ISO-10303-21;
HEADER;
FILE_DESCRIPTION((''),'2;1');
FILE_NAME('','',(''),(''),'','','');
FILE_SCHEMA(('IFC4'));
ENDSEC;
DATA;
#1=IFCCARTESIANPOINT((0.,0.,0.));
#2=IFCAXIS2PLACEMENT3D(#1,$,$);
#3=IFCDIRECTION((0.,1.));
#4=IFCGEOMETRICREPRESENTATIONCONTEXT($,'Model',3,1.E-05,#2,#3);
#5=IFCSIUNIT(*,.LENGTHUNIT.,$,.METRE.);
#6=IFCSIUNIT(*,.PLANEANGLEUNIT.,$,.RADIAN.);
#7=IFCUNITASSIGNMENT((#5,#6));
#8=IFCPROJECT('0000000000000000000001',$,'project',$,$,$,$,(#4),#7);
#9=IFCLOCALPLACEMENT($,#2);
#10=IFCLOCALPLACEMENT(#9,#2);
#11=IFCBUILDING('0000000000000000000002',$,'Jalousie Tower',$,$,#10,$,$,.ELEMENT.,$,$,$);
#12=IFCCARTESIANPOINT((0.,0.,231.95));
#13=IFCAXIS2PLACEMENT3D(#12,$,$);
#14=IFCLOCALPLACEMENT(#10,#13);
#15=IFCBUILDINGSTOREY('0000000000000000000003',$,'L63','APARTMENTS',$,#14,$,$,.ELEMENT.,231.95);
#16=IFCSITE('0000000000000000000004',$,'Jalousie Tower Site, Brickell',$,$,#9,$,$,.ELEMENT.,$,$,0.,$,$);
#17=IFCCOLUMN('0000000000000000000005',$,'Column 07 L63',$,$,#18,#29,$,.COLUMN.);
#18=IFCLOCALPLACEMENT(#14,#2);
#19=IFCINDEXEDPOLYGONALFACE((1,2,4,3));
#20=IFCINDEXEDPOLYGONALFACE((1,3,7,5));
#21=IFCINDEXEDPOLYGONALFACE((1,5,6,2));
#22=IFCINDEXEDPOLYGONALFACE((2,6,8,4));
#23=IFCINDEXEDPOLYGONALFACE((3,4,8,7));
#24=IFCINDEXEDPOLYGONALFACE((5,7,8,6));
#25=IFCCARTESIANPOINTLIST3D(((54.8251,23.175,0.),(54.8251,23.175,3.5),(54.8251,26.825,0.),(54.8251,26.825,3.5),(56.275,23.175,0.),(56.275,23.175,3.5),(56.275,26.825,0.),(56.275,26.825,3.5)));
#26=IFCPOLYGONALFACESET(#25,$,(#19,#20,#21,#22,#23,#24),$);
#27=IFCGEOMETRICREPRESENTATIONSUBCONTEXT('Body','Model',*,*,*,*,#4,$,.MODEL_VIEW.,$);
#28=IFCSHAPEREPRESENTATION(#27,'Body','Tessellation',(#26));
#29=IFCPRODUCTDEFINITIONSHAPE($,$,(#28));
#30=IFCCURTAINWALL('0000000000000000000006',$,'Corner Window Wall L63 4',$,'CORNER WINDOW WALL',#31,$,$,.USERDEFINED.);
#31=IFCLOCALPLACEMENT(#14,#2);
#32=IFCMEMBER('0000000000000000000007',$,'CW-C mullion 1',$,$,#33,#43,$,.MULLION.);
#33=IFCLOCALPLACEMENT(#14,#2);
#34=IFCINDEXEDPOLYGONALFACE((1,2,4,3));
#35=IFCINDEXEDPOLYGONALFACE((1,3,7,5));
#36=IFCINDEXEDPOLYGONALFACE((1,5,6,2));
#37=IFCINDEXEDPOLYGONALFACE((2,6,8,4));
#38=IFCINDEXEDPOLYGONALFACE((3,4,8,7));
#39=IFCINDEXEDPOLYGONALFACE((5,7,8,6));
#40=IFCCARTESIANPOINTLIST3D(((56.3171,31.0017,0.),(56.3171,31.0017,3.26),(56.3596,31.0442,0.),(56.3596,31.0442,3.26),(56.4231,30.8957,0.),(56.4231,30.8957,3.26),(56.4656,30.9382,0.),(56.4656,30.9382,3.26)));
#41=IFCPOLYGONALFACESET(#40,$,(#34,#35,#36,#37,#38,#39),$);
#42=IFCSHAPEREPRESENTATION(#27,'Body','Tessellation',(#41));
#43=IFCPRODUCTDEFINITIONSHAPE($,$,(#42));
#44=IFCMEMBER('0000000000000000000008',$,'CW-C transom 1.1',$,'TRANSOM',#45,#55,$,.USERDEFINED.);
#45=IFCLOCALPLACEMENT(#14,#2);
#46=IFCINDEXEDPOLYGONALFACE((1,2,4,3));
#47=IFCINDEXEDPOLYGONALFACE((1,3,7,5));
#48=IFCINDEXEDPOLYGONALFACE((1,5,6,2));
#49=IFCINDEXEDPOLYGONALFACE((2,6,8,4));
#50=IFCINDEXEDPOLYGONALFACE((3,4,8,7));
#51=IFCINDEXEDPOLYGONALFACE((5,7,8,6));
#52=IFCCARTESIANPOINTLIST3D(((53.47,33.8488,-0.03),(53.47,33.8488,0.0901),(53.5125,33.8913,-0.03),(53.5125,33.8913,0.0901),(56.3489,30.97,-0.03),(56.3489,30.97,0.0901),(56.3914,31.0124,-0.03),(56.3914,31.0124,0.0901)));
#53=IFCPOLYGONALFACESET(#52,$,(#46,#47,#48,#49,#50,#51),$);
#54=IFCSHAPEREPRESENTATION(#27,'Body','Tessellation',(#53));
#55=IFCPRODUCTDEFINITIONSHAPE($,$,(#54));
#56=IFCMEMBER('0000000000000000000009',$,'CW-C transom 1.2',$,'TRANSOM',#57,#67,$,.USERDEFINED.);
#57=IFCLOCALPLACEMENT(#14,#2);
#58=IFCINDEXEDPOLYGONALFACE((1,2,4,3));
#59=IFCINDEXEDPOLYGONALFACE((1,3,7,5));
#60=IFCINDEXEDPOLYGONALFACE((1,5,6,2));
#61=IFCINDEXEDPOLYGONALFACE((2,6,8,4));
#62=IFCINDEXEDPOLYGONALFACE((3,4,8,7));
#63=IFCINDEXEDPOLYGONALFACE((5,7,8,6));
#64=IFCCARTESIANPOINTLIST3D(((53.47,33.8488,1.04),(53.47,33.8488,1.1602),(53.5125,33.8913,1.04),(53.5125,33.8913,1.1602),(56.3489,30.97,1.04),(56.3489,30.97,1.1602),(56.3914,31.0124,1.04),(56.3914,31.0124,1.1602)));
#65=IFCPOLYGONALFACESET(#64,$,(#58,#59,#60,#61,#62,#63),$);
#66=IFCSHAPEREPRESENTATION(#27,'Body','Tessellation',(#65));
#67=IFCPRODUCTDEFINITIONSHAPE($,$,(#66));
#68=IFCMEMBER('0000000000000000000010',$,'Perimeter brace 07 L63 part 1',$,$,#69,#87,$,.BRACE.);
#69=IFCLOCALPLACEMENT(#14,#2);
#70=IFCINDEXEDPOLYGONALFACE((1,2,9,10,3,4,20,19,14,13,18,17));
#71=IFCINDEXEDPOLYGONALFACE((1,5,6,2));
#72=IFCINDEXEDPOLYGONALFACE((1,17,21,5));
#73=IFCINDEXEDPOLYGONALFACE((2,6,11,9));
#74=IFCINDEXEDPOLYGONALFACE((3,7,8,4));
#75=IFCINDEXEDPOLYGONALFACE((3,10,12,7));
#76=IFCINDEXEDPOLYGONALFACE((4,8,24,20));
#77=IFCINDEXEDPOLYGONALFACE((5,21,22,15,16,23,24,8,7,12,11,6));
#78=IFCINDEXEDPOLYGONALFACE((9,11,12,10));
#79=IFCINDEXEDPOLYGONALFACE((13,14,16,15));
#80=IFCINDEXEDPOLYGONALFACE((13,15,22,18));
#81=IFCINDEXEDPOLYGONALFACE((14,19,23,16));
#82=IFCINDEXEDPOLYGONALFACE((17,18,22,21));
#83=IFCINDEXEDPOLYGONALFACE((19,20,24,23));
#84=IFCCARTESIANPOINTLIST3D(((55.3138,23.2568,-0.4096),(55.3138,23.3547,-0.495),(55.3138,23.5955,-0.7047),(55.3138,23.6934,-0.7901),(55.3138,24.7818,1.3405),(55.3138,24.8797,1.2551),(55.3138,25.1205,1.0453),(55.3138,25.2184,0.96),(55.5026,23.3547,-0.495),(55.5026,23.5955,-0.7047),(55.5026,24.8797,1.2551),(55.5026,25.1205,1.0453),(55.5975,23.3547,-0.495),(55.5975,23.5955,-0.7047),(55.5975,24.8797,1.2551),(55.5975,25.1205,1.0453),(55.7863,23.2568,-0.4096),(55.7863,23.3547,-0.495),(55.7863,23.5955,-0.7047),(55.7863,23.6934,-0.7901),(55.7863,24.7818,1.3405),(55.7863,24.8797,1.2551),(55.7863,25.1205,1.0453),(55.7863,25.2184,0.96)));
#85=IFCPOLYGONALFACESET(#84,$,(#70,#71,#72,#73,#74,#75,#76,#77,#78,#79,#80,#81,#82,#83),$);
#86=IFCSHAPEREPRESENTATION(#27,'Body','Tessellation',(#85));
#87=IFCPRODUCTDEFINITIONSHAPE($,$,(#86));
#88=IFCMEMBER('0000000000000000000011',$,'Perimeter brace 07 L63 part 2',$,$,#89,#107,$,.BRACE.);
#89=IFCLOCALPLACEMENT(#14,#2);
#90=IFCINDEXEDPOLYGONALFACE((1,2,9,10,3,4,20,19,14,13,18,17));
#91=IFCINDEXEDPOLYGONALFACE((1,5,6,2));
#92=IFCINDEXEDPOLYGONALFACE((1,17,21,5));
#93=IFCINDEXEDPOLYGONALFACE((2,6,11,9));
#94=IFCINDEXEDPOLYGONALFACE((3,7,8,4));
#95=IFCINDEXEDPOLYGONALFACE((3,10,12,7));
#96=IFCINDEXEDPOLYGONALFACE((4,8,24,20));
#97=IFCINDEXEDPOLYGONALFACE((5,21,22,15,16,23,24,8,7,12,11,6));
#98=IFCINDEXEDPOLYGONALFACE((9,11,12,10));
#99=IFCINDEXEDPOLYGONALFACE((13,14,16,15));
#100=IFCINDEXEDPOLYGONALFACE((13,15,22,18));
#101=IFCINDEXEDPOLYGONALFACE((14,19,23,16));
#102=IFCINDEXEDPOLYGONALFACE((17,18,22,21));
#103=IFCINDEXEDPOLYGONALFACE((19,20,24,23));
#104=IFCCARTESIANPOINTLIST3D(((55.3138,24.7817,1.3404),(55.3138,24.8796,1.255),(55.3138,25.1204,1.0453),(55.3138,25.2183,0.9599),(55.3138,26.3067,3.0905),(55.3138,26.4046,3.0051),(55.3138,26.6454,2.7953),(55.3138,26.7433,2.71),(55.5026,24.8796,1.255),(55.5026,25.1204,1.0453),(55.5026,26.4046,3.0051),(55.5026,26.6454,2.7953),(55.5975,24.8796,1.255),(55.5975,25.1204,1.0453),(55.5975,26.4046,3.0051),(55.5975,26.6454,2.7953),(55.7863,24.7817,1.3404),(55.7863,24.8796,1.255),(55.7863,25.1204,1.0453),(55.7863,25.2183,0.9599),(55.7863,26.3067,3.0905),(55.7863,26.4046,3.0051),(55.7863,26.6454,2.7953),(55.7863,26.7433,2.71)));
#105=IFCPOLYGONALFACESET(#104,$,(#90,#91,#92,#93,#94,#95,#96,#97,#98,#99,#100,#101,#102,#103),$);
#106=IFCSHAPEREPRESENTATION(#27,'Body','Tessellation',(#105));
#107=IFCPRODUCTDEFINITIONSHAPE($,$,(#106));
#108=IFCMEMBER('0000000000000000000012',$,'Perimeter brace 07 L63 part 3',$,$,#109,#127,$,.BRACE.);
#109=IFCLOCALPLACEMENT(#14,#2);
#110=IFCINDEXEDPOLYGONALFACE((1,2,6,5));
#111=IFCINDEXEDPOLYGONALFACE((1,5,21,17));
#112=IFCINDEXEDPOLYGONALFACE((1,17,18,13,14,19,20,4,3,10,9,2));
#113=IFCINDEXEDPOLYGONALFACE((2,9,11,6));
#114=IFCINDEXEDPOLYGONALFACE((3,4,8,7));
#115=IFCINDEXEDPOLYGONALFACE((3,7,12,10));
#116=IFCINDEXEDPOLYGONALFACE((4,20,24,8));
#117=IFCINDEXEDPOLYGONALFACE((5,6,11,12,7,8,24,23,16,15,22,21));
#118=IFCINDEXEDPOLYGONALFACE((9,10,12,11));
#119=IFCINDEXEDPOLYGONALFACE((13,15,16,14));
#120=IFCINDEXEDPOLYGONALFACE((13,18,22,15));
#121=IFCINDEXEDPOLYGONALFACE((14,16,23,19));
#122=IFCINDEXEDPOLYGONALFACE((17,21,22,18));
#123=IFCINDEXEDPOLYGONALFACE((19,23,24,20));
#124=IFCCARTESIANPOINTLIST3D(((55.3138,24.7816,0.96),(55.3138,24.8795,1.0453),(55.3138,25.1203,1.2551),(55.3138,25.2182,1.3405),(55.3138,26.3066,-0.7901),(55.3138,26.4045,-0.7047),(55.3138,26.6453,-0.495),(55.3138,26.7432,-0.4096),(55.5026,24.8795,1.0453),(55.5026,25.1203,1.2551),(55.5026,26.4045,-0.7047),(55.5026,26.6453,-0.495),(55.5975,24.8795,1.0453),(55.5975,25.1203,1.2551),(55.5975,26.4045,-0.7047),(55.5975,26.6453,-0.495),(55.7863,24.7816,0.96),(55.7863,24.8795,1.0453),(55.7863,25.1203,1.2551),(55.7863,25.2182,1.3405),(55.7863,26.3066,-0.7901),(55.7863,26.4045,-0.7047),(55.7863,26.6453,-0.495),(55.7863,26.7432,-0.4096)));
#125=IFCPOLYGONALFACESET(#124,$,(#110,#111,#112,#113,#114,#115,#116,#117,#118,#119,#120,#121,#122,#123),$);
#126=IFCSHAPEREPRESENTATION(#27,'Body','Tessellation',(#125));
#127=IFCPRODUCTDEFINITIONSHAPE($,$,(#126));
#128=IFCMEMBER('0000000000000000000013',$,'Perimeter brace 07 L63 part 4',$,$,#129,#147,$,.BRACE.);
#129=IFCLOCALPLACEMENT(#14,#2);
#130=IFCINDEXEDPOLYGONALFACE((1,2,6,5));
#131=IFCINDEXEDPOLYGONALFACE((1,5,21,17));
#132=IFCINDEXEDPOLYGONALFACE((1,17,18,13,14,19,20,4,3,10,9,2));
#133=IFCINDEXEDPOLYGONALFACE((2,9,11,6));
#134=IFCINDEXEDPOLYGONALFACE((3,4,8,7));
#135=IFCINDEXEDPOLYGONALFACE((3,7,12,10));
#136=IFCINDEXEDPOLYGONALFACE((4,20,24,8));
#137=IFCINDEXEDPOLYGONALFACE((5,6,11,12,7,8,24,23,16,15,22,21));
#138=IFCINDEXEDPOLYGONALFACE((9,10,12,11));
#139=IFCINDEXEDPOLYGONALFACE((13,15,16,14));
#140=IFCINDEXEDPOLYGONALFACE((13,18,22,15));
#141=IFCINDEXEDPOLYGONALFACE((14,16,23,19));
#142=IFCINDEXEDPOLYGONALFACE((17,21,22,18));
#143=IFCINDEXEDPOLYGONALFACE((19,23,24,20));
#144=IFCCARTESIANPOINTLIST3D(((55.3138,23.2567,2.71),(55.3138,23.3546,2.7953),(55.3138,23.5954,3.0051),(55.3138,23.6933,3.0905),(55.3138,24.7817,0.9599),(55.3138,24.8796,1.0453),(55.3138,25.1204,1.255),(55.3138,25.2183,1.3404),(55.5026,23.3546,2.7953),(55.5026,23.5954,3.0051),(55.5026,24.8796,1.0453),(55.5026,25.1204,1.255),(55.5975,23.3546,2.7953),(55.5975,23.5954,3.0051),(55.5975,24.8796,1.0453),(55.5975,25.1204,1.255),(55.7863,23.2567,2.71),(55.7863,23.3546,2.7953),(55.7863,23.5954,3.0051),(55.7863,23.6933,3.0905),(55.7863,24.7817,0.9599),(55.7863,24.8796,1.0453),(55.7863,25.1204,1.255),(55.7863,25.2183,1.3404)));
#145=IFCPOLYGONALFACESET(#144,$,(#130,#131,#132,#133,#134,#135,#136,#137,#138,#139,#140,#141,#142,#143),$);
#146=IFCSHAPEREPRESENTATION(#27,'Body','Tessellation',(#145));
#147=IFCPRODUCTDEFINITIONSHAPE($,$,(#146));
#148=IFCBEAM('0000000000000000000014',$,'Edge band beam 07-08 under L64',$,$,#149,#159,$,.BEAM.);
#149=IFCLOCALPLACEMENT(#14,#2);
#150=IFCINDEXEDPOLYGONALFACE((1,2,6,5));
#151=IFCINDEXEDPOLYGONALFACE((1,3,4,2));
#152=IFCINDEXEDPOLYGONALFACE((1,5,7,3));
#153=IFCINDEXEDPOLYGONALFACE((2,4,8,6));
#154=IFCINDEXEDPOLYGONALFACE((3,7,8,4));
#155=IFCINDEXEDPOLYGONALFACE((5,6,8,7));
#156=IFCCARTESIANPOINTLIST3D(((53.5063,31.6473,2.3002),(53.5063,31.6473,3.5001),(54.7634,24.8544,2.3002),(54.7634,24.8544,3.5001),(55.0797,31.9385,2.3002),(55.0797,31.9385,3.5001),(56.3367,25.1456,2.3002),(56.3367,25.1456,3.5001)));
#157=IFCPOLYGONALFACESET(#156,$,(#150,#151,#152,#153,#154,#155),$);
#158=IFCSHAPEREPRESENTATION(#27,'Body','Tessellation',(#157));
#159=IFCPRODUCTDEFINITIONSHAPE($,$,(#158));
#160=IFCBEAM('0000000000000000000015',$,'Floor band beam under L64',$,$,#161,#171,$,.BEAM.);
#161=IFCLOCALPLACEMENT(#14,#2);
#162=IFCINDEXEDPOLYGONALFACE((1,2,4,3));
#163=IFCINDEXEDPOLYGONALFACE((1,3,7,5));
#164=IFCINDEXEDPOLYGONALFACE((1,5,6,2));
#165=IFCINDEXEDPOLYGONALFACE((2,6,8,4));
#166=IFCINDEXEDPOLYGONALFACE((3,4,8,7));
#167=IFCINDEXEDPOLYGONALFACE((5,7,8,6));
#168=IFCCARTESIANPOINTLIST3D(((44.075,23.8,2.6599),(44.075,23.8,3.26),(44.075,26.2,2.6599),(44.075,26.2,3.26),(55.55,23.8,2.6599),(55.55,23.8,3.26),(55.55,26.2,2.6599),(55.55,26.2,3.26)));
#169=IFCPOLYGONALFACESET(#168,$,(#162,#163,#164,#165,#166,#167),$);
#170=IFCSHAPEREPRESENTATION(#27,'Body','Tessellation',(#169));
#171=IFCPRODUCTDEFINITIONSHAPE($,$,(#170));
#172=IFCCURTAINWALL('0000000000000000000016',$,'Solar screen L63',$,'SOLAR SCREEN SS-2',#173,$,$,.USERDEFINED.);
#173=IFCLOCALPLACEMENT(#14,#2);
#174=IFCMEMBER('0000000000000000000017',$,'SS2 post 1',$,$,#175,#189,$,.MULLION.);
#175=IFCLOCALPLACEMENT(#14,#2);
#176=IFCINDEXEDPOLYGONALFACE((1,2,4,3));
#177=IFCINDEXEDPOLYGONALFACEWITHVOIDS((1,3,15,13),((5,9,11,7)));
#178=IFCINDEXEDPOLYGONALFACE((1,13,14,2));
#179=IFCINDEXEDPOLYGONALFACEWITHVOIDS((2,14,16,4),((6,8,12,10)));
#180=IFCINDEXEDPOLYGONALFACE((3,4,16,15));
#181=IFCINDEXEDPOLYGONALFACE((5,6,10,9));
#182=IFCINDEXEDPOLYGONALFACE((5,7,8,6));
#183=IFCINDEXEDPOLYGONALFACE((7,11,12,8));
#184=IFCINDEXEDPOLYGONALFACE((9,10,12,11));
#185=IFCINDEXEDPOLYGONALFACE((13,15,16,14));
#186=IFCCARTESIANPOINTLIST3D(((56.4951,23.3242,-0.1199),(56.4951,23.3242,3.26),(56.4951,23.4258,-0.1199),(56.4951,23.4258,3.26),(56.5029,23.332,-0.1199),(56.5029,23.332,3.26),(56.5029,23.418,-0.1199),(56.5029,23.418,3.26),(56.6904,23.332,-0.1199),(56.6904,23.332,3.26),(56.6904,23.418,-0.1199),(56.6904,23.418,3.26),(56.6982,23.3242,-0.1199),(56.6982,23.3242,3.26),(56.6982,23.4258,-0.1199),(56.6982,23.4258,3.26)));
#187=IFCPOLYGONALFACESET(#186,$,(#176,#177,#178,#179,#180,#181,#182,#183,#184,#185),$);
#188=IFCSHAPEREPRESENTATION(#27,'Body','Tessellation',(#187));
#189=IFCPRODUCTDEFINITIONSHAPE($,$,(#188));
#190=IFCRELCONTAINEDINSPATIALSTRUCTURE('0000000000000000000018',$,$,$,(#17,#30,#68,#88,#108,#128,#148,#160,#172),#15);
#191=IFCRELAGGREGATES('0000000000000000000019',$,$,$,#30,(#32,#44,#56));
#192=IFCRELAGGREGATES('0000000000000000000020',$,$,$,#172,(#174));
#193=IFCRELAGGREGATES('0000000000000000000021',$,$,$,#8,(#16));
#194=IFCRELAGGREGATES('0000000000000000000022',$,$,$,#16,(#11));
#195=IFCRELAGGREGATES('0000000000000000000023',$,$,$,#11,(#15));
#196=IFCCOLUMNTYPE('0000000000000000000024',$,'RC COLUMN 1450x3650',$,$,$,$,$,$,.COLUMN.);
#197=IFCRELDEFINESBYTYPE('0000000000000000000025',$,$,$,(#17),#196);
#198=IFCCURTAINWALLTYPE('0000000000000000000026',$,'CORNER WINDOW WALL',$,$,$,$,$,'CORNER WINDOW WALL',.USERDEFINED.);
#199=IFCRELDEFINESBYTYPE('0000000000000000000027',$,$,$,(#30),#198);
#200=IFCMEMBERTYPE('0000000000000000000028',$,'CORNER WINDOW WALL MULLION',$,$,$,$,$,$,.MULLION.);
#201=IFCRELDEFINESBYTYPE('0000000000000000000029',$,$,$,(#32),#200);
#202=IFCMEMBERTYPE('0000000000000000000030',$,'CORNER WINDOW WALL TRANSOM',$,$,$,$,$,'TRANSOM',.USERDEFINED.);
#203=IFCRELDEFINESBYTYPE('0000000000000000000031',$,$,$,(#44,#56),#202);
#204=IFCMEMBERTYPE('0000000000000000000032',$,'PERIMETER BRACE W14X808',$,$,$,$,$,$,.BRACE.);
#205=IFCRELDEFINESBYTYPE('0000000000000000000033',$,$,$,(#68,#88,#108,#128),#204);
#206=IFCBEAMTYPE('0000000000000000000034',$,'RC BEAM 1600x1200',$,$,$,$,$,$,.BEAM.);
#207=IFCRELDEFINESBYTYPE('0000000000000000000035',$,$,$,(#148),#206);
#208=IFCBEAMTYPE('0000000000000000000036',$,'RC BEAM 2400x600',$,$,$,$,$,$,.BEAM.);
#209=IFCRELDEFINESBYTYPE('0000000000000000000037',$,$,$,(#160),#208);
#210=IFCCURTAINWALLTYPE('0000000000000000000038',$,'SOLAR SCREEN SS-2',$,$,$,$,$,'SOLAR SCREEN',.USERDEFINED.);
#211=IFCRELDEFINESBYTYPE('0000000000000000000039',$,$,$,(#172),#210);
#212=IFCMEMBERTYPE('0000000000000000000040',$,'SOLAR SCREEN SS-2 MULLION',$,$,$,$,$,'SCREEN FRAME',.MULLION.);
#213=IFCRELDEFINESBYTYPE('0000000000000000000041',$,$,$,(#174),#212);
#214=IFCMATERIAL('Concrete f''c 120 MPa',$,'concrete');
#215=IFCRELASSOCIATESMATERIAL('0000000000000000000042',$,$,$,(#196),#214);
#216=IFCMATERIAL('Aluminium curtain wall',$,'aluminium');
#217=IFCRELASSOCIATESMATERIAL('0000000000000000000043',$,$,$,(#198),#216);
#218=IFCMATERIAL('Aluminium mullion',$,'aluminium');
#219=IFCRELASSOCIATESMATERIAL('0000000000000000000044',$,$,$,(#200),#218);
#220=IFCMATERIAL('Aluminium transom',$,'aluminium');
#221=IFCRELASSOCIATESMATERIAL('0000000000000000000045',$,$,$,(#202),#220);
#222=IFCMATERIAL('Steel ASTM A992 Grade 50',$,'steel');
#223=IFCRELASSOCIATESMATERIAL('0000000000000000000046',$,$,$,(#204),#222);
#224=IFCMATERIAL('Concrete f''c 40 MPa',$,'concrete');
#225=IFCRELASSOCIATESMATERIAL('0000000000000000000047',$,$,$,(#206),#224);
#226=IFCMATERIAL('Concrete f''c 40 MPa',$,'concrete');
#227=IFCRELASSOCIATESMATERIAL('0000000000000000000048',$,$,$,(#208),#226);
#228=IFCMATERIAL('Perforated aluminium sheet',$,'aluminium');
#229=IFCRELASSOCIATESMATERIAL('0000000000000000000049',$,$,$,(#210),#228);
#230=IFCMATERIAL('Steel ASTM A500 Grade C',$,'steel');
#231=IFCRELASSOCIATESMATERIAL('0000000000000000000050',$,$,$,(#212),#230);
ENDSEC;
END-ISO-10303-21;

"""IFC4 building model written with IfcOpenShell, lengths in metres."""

from ifc_helpers import new_model, si_unit, direction, frame, origin, origin_2d, place, context, subcontext, project, spatial, rectangle, hollow_rectangle, i_section, extrude, material, material_profile, profile_set, type_object, element, aggregate, save


model = new_model("IFC4")

# Units and contexts
model_context = context("Model", 3, precision=1e-05, world=origin(), true_north=direction((0.0, 1.0)))
body_context = subcontext(model_context, "Body", "Model", "MODEL_VIEW")
ifc_project = project(units=[si_unit("LENGTHUNIT", "METRE"), si_unit("PLANEANGLEUNIT", "RADIAN")], contexts=[model_context])

# Site, building, storey
site_placement = place(None, origin())
site = spatial("IfcSite", under=ifc_project, at=site_placement, Name="Jalousie Tower Site, Brickell", CompositionType="ELEMENT", RefElevation=0.0)
building_placement = place(site_placement, origin())
building = spatial("IfcBuilding", under=site, at=building_placement, Name="Jalousie Tower", CompositionType="ELEMENT")
storey_placement = place(building_placement, frame((0.0, 0.0, 231.95)))
storey = spatial("IfcBuildingStorey", under=building, at=storey_placement, Name="L63", Description="APARTMENTS", CompositionType="ELEMENT", Elevation=231.95)

# Column
ifc_material_1 = material(Name="Concrete f'c 120 MPa", Category="concrete")
ifc_material_profile_1 = material_profile(ifc_material_1, rectangle(XDim=1.45, YDim=3.6499, at=origin_2d()), Name="RC 1450x3650")
ifc_profile_set_1 = profile_set([ifc_material_profile_1], Name="Concrete f'c 120 MPa")
column_type = type_object("IfcColumnType", Name="RC COLUMN 1450x3650", PredefinedType="COLUMN", material=ifc_profile_set_1)
column_placement = place(storey_placement, frame((55.55, 25.0, 0.0), z_axis=(0.0, 0.0, 1.0), x_axis=(1.0, 0.0, 0.0)))
element("IfcColumn", 1, at=column_placement, inside=storey, type_object=column_type, Name="Column 07 L63", PredefinedType="COLUMN", context=body_context, shape_type="SweptSolid", body=[
    extrude(rectangle(XDim=1.45, YDim=3.6499, at=origin_2d()), origin(), (0.0, 0.0, 1.0), 3.5),
])

# Curtain wall, members
ifc_material_2 = material(Name="Aluminium curtain wall", Category="aluminium")
curtain_wall_type_1 = type_object("IfcCurtainWallType", Name="CORNER WINDOW WALL", ElementType="CORNER WINDOW WALL", PredefinedType="USERDEFINED", material=ifc_material_2)
curtain_wall_1_placement = place(storey_placement, origin())
curtain_wall_1 = element("IfcCurtainWall", 2, at=curtain_wall_1_placement, inside=storey, type_object=curtain_wall_type_1, Name="Corner Window Wall L63 4", ObjectType="CORNER WINDOW WALL", PredefinedType="USERDEFINED")
ifc_material_3 = material(Name="Aluminium mullion", Category="aluminium")
ifc_material_profile_2 = material_profile(ifc_material_3, rectangle(XDim=0.0601, YDim=0.1499, at=origin_2d()), Name="MULLION 60x150")
ifc_profile_set_2 = profile_set([ifc_material_profile_2], Name="Aluminium mullion")
member_type_1 = type_object("IfcMemberType", Name="CORNER WINDOW WALL MULLION", PredefinedType="MULLION", material=ifc_profile_set_2)
member_1_placement = place(storey_placement, frame((56.3914, 30.97, 0.0), z_axis=(0.0, 0.0, 1.0), x_axis=(-0.707107, -0.707107, 0.0)))
member_1 = element("IfcMember", 3, at=member_1_placement, type_object=member_type_1, Name="CW-C mullion 1", PredefinedType="MULLION", context=body_context, shape_type="SweptSolid", body=[
    extrude(rectangle(XDim=0.0601, YDim=0.1499, at=origin_2d()), origin(), (0.0, 0.0, 1.0), 3.26),
])
ifc_material_4 = material(Name="Aluminium transom", Category="aluminium")
ifc_material_profile_3 = material_profile(ifc_material_4, rectangle(XDim=0.0601, YDim=0.1201, at=origin_2d()), Name="TRANSOM 60x120")
ifc_profile_set_3 = profile_set([ifc_material_profile_3], Name="Aluminium transom")
member_type_2 = type_object("IfcMemberType", Name="CORNER WINDOW WALL TRANSOM", ElementType="TRANSOM", PredefinedType="USERDEFINED", material=ifc_profile_set_3)
member_2_placement = place(storey_placement, frame((56.3701, 30.9912, 0.03), z_axis=(-0.707107, 0.707107, 0.0), x_axis=(-0.707107, -0.707107, 0.0)))
member_2 = element("IfcMember", 4, at=member_2_placement, type_object=member_type_2, Name="CW-C transom 1.1", ObjectType="TRANSOM", PredefinedType="USERDEFINED", context=body_context, shape_type="SweptSolid", body=[
    extrude(rectangle(XDim=0.0601, YDim=0.1201, at=origin_2d()), origin(), (0.0, 0.0, 1.0), 4.0713),
])
member_3_placement = place(storey_placement, frame((56.3701, 30.9912, 1.1001), z_axis=(-0.707107, 0.707107, 0.0), x_axis=(-0.707107, -0.707107, 0.0)))
member_3 = element("IfcMember", 5, at=member_3_placement, type_object=member_type_2, Name="CW-C transom 1.2", ObjectType="TRANSOM", PredefinedType="USERDEFINED", context=body_context, shape_type="SweptSolid", body=[
    extrude(rectangle(XDim=0.0601, YDim=0.1201, at=origin_2d()), origin(), (0.0, 0.0, 1.0), 4.0713),
])
aggregate(curtain_wall_1, [member_1, member_2, member_3])

# Members
ifc_material_5 = material(Name="Steel ASTM A992 Grade 50", Category="steel")
ifc_material_profile_4 = material_profile(ifc_material_5, i_section(OverallWidth=0.4724, OverallDepth=0.5791, WebThickness=0.095, FlangeThickness=0.1299, at=origin_2d()), Name="W14X808")
ifc_profile_set_4 = profile_set([ifc_material_profile_4], Name="Steel ASTM A992 Grade 50")
member_type_3 = type_object("IfcMemberType", Name="PERIMETER BRACE W14X808", PredefinedType="BRACE", material=ifc_profile_set_4)
for number, where, z_axis, x_axis, name in (
    (6, (55.55, 23.4751, -0.5999), (0.0, 0.656954, 0.75393), (-1.0, 0.0, 0.0), "Perimeter brace 07 L63 part 1"),
    (7, (55.55, 25.0, 1.1501), (0.0, 0.656954, 0.75393), (-1.0, 0.0, 0.0), "Perimeter brace 07 L63 part 2"),
    (8, (55.55, 26.5249, -0.5999), (0.0, -0.656954, 0.75393), (1.0, 0.0, 0.0), "Perimeter brace 07 L63 part 3"),
    (9, (55.55, 25.0, 1.1501), (0.0, -0.656954, 0.75393), (1.0, 0.0, 0.0), "Perimeter brace 07 L63 part 4"),
):
    element("IfcMember", number, at=place(storey_placement, frame(where, z_axis=z_axis, x_axis=x_axis)), inside=storey, type_object=member_type_3, Name=name, PredefinedType="BRACE", context=body_context, shape_type="SweptSolid", body=[
        extrude(i_section(OverallWidth=0.4724, OverallDepth=0.5791, WebThickness=0.095, FlangeThickness=0.1299, at=origin_2d()), origin(), (0.0, 0.0, 1.0), 2.3213),
    ])

# Beams
ifc_material_6 = material(Name="Concrete f'c 40 MPa", Category="concrete")
ifc_material_profile_5 = material_profile(ifc_material_6, rectangle(XDim=1.6001, YDim=1.2, at=origin_2d()), Name="RC 1600x1200")
ifc_profile_set_5 = profile_set([ifc_material_profile_5], Name="Concrete f'c 40 MPa")
beam_type_1 = type_object("IfcBeamType", Name="RC BEAM 1600x1200", PredefinedType="BEAM", material=ifc_profile_set_5)
beam_1_placement = place(storey_placement, frame((55.55, 25.0, 2.9001), z_axis=(-0.181967, 0.983305, 0.0), x_axis=(-0.983305, -0.181967, 0.0)))
element("IfcBeam", 10, at=beam_1_placement, inside=storey, type_object=beam_type_1, Name="Edge band beam 07-08 under L64", PredefinedType="BEAM", context=body_context, shape_type="SweptSolid", body=[
    extrude(rectangle(XDim=1.6001, YDim=1.2, at=origin_2d()), origin(), (0.0, 0.0, 1.0), 6.9082),
])
ifc_material_7 = material(Name="Concrete f'c 40 MPa", Category="concrete")
ifc_material_profile_6 = material_profile(ifc_material_7, rectangle(XDim=2.3999, YDim=0.6001, at=origin_2d()), Name="RC 2400x600")
ifc_profile_set_6 = profile_set([ifc_material_profile_6], Name="Concrete f'c 40 MPa")
beam_type_2 = type_object("IfcBeamType", Name="RC BEAM 2400x600", PredefinedType="BEAM", material=ifc_profile_set_6)
beam_2_placement = place(storey_placement, frame((55.55, 25.0, 2.96), z_axis=(-1.0, 0.0, 0.0), x_axis=(0.0, -1.0, 0.0)))
element("IfcBeam", 11, at=beam_2_placement, inside=storey, type_object=beam_type_2, Name="Floor band beam under L64", PredefinedType="BEAM", context=body_context, shape_type="SweptSolid", body=[
    extrude(rectangle(XDim=2.3999, YDim=0.6001, at=origin_2d()), origin(), (0.0, 0.0, 1.0), 11.4751),
])

# Curtain wall, member
ifc_material_8 = material(Name="Perforated aluminium sheet", Category="aluminium")
curtain_wall_type_2 = type_object("IfcCurtainWallType", Name="SOLAR SCREEN SS-2", ElementType="SOLAR SCREEN", PredefinedType="USERDEFINED", material=ifc_material_8)
curtain_wall_2_placement = place(storey_placement, origin())
curtain_wall_2 = element("IfcCurtainWall", 12, at=curtain_wall_2_placement, inside=storey, type_object=curtain_wall_type_2, Name="Solar screen L63", ObjectType="SOLAR SCREEN SS-2", PredefinedType="USERDEFINED")
ifc_material_9 = material(Name="Steel ASTM A500 Grade C", Category="steel")
ifc_material_profile_7 = material_profile(ifc_material_9, hollow_rectangle(XDim=0.1016, YDim=0.2031, WallThickness=0.0078, at=origin_2d()), Name="HSS8X4X5/16")
ifc_profile_set_7 = profile_set([ifc_material_profile_7], Name="Steel ASTM A500 Grade C")
member_type_4 = type_object("IfcMemberType", Name="SOLAR SCREEN SS-2 MULLION", ElementType="SCREEN FRAME", PredefinedType="MULLION", material=ifc_profile_set_7)
member_4_placement = place(storey_placement, frame((56.5967, 23.375, -0.1199), z_axis=(0.0, 0.0, 1.0), x_axis=(0.0, 1.0, 0.0)))
member_4 = element("IfcMember", 13, at=member_4_placement, type_object=member_type_4, Name="SS2 post 1", PredefinedType="MULLION", context=body_context, shape_type="SweptSolid", body=[
    extrude(hollow_rectangle(XDim=0.1016, YDim=0.2031, WallThickness=0.0078, at=origin_2d()), origin(), (0.0, 0.0, 1.0), 3.3799),
])
aggregate(curtain_wall_2, [member_4])

save(model, "model.ifc")
